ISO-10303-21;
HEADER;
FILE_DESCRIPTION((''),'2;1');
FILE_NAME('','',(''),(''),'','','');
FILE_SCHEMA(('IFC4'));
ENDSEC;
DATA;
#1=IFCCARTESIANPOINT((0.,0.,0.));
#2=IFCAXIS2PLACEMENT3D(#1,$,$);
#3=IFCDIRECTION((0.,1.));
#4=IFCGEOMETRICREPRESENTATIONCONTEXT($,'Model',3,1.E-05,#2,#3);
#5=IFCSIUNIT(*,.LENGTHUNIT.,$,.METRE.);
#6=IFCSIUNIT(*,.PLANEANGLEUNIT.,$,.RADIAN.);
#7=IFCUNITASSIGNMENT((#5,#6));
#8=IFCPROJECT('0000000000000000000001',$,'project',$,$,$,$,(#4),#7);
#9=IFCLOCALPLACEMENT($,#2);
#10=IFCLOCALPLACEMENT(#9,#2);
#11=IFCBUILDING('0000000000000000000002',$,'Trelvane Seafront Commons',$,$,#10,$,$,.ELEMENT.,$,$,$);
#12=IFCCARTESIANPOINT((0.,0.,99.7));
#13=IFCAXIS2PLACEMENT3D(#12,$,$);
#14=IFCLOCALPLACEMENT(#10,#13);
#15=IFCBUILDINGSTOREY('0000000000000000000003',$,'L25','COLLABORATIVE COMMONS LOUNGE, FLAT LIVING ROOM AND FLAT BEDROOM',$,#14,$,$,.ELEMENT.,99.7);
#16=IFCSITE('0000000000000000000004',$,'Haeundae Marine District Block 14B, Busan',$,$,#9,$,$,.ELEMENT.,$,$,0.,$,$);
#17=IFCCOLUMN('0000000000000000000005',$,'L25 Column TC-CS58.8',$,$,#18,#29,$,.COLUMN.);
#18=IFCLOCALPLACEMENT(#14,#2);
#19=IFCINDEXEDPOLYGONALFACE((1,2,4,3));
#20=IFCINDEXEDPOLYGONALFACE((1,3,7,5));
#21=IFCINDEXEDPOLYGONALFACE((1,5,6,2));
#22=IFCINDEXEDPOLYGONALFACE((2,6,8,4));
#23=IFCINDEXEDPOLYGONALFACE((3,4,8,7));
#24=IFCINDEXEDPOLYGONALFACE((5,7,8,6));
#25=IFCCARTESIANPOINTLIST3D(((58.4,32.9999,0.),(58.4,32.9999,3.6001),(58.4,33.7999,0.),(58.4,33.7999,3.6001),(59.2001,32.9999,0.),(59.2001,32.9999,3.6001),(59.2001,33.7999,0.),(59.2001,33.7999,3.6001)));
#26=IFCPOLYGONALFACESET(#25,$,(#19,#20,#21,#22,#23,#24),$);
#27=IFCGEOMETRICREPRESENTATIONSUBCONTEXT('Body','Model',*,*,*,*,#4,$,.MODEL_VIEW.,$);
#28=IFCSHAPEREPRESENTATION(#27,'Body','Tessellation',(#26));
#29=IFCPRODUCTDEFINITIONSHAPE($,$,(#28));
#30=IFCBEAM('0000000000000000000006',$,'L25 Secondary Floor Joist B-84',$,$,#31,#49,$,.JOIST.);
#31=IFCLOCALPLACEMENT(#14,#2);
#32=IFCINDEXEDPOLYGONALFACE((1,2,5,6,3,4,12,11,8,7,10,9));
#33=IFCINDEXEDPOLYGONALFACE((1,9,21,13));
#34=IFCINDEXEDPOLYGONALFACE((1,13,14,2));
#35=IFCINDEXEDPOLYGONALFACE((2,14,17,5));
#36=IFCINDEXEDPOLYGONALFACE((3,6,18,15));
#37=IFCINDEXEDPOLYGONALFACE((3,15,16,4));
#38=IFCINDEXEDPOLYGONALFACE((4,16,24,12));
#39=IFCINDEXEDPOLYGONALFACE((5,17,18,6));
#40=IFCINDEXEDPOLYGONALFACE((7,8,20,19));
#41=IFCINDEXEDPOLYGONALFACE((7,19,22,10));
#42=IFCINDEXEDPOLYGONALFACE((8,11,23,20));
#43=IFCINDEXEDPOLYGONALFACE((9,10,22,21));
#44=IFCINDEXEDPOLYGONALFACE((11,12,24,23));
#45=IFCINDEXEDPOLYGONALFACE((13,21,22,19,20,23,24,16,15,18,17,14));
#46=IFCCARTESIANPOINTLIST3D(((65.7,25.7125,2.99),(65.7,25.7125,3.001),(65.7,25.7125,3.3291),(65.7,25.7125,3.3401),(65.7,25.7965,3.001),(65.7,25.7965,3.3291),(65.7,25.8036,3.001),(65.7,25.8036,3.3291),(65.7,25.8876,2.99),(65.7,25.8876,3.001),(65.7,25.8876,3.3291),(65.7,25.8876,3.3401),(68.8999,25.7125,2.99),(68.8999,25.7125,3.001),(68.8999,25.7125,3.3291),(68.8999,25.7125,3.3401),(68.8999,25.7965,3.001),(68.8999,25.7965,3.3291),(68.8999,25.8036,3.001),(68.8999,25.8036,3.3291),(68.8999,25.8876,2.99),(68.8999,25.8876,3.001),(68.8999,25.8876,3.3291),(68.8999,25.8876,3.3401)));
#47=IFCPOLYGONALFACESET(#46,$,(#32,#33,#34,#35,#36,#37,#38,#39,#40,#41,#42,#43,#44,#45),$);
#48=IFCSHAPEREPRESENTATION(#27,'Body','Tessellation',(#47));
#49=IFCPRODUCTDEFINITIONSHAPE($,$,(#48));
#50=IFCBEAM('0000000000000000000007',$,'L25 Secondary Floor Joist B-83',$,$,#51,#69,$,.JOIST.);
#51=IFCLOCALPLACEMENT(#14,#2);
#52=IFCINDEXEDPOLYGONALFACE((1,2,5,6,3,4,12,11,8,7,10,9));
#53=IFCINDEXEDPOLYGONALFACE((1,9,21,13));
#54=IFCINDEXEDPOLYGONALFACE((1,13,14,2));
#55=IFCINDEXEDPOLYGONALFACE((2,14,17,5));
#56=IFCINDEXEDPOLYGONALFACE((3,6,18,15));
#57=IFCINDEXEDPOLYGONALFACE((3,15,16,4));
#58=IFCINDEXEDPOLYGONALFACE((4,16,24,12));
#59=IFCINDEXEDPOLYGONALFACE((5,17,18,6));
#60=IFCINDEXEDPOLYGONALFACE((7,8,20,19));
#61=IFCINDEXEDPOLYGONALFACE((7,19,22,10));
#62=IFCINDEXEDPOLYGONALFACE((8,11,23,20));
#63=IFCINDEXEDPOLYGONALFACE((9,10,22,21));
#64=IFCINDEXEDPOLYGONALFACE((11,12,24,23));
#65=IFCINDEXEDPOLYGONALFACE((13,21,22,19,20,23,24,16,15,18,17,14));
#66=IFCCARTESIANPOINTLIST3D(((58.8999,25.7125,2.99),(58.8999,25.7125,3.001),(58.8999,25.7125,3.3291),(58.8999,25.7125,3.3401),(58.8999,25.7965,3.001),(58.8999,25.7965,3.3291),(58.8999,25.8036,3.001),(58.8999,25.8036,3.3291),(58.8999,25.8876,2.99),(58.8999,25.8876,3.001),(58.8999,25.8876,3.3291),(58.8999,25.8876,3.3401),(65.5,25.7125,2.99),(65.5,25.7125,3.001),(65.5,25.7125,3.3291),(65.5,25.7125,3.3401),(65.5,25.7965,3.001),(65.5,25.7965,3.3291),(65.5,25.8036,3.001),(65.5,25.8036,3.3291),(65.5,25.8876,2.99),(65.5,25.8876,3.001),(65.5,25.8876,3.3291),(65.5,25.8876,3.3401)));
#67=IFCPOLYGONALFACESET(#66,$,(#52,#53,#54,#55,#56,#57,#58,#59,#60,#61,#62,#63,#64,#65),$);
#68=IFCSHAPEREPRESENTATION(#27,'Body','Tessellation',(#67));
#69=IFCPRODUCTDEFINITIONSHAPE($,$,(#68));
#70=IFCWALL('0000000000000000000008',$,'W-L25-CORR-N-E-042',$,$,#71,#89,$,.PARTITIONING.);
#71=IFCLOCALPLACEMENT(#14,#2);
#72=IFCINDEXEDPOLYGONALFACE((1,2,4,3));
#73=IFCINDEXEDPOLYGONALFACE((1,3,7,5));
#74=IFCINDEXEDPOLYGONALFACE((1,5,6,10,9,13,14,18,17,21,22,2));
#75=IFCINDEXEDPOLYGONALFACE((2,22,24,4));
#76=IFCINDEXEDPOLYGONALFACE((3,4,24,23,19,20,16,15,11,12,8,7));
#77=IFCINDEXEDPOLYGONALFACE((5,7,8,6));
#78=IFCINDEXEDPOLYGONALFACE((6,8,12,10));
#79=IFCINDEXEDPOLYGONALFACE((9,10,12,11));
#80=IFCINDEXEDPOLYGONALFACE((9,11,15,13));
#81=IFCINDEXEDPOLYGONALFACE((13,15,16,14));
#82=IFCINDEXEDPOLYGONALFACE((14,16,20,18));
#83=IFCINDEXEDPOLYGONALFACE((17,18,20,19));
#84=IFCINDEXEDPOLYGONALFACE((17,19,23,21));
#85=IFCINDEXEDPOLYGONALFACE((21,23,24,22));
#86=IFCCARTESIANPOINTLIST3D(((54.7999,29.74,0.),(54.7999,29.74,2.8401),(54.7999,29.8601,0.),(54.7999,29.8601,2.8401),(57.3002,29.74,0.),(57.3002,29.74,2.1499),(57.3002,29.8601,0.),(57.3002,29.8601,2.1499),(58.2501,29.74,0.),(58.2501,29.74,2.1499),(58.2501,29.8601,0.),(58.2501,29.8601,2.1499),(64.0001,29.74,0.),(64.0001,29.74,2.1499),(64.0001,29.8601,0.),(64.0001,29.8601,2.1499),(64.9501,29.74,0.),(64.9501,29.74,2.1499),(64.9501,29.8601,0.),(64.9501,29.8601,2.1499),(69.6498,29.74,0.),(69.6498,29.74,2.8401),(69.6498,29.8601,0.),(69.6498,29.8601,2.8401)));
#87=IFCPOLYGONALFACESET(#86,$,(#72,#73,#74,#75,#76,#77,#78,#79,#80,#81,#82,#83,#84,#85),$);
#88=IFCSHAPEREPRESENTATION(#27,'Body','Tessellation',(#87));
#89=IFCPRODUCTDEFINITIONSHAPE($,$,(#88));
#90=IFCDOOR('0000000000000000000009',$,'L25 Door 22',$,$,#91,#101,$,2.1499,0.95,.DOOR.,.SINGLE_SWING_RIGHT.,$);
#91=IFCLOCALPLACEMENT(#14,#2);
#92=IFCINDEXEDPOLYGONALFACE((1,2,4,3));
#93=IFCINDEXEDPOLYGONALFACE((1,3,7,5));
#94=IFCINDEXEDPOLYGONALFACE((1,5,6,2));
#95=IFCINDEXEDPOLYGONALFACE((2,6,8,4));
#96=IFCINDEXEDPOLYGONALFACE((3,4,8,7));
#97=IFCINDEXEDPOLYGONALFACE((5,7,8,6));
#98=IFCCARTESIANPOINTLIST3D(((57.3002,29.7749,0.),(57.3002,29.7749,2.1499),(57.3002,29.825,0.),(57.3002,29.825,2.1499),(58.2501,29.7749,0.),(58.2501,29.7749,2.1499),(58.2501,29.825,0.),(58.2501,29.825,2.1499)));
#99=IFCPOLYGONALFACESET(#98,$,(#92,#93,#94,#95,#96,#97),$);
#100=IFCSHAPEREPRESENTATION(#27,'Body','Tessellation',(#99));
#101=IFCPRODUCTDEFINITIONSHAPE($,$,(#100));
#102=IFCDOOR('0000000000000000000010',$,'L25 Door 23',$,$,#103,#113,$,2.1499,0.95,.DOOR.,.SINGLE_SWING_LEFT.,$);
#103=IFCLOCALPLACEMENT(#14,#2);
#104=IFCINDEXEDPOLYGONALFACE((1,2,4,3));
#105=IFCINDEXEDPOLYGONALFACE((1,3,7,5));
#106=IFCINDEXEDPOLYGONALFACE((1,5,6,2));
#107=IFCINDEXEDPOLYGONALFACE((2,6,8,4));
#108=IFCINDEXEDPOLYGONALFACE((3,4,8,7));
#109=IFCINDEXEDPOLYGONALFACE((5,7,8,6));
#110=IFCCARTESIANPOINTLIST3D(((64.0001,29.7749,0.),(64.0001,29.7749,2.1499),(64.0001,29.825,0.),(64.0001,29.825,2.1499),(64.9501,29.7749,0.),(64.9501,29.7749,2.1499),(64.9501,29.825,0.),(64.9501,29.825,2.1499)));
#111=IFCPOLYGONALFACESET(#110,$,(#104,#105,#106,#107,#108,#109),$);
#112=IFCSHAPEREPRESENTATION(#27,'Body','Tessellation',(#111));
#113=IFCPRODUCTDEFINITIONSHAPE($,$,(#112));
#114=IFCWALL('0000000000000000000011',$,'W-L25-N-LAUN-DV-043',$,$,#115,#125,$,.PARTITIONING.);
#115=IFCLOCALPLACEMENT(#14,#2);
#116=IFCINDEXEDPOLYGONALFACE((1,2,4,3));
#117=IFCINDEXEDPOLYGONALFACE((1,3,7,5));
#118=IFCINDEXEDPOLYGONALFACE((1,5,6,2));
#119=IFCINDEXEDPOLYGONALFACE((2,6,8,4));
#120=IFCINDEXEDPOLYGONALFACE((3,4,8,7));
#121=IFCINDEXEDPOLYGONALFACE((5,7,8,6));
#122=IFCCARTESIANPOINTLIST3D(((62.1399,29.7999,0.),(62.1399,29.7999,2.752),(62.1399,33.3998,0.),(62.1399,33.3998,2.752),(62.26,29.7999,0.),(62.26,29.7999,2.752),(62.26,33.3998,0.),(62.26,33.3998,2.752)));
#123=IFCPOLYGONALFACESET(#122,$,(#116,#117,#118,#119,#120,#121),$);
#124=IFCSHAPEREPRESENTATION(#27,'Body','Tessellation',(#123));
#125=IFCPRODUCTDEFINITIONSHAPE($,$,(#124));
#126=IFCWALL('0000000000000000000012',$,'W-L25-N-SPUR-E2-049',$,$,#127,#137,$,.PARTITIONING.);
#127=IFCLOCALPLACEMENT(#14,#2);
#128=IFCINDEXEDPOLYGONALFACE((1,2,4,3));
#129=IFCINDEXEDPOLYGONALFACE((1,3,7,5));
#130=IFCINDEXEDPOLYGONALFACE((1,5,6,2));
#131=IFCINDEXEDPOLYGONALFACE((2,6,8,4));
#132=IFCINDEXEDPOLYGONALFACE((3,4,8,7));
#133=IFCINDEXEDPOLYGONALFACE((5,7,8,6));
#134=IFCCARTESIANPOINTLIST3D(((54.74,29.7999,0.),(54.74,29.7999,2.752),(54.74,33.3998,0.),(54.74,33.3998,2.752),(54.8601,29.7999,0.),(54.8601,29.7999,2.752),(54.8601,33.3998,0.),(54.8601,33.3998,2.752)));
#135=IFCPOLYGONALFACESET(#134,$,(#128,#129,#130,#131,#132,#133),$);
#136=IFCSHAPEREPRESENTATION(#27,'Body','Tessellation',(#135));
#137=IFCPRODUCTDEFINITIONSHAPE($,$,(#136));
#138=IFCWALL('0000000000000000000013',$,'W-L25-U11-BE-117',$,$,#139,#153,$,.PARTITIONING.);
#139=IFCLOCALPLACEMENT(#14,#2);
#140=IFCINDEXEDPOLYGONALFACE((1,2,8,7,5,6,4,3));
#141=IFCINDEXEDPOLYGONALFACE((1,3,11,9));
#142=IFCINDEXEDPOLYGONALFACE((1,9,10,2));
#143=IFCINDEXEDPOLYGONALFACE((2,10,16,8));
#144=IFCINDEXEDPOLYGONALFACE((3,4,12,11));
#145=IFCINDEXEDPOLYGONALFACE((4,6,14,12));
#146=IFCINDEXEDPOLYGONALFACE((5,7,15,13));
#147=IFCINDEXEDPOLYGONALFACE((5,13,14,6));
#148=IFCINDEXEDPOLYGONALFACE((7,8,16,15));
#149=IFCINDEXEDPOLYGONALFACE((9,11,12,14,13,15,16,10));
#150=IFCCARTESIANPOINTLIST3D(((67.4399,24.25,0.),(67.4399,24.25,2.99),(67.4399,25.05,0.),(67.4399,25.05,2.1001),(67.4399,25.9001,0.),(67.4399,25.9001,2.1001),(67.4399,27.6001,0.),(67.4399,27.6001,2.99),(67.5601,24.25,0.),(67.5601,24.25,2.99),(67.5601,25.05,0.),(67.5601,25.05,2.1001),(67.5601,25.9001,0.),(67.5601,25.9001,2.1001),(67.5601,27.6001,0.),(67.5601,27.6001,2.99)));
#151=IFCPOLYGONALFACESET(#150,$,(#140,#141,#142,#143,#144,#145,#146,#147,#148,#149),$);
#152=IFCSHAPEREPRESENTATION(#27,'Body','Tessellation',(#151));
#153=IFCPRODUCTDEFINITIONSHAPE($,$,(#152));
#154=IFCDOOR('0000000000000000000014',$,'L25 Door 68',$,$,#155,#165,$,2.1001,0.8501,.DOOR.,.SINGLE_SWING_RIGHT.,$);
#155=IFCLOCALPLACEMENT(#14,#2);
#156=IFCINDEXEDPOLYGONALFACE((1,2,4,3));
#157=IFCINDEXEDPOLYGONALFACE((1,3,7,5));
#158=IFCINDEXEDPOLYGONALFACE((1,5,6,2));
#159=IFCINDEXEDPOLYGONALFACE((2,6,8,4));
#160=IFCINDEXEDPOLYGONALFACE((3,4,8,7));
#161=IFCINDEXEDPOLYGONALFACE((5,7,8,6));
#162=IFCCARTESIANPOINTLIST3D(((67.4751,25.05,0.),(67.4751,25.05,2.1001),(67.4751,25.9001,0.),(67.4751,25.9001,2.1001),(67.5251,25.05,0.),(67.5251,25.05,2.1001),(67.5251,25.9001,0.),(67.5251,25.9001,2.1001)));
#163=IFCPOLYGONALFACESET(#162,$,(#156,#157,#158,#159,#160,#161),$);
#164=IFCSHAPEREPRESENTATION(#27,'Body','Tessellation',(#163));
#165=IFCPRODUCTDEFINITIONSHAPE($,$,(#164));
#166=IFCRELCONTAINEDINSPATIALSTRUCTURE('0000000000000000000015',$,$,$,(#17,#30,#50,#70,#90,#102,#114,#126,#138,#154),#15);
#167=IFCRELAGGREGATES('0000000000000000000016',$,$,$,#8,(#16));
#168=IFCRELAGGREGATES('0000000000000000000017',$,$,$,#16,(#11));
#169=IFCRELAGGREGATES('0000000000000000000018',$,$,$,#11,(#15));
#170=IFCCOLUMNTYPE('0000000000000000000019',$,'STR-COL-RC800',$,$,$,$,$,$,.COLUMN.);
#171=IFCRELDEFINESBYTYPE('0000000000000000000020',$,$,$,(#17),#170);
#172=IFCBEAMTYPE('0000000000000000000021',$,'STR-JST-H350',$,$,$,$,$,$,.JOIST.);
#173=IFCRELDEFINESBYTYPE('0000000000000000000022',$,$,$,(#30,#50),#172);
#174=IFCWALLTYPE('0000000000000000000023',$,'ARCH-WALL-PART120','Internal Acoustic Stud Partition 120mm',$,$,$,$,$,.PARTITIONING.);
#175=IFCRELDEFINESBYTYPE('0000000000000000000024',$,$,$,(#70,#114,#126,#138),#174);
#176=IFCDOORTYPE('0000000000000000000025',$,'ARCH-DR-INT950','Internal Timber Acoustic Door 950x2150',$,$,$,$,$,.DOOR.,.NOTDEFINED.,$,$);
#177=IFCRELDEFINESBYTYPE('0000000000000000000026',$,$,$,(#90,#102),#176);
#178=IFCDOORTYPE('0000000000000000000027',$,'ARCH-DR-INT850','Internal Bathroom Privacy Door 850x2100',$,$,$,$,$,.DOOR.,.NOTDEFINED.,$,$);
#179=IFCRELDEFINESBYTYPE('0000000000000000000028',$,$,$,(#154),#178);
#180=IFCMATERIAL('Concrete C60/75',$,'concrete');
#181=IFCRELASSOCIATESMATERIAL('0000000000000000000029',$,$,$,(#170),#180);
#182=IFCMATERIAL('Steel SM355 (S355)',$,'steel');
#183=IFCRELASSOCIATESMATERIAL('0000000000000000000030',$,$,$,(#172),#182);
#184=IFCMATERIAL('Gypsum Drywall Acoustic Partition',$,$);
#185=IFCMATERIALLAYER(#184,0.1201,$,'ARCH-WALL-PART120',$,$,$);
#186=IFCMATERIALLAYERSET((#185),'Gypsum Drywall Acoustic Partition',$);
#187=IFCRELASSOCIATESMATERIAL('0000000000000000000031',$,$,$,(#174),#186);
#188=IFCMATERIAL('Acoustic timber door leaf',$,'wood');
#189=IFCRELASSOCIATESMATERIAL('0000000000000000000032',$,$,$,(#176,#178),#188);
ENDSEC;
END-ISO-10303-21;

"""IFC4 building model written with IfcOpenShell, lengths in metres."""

from ifc_helpers import new_model, si_unit, direction, frame, frame_2d, origin, origin_2d, place, context, subcontext, project, spatial, rectangle, i_section, extrude, source, transform, mapped, material, layer, layer_set, material_profile, profile_set, type_object, element, fill, save


model = new_model("IFC4")

# Units and contexts
model_context = context("Model", 3, precision=1e-05, world=origin(), true_north=direction((0.0, 1.0)))
body_context = subcontext(model_context, "Body", "Model", "MODEL_VIEW")
ifc_project = project(units=[si_unit("LENGTHUNIT", "METRE"), si_unit("PLANEANGLEUNIT", "RADIAN")], contexts=[model_context])

# Site, building, storey
site_placement = place(None, origin())
site = spatial("IfcSite", under=ifc_project, at=site_placement, Name="Haeundae Marine District Block 14B, Busan", CompositionType="ELEMENT", RefElevation=0.0)
building_placement = place(site_placement, origin())
building = spatial("IfcBuilding", under=site, at=building_placement, Name="Trelvane Seafront Commons", CompositionType="ELEMENT")
storey_placement = place(building_placement, frame((0.0, 0.0, 99.7)))
storey = spatial("IfcBuildingStorey", under=building, at=storey_placement, Name="L25", Description="COLLABORATIVE COMMONS LOUNGE, FLAT LIVING ROOM AND FLAT BEDROOM", CompositionType="ELEMENT", Elevation=99.7)

# Column
ifc_material_1 = material(Name="Concrete C60/75", Category="concrete")
ifc_material_profile_1 = material_profile(ifc_material_1, rectangle(XDim=0.8, YDim=0.8, at=origin_2d()), Name="RC-800x800")
ifc_profile_set_1 = profile_set([ifc_material_profile_1], Name="Concrete C60/75")
column_type = type_object("IfcColumnType", Name="STR-COL-RC800", PredefinedType="COLUMN", material=ifc_profile_set_1)
shared_shape_1 = source(origin(), body_context, "Body", "SweptSolid", [
    extrude(rectangle(XDim=0.8, YDim=0.8, at=origin_2d()), origin(), (0.0, 0.0, 1.0), 3.6001),
])
column_placement = place(storey_placement, frame((58.8, 33.3999, 0.0), z_axis=(0.0, 0.0, 1.0), x_axis=(1.0, 0.0, 0.0)))
element("IfcColumn", 1, at=column_placement, inside=storey, type_object=column_type, Name="L25 Column TC-CS58.8", PredefinedType="COLUMN", context=body_context, shape_type="MappedRepresentation", body=[
    mapped(shared_shape_1, transform((0.0, 0.0, 0.0), x_axis=(1.0, 0.0, 0.0), y_axis=(0.0, 1.0, 0.0), z_axis=(0.0, 0.0, 1.0), scale=1.0)),
])

# Beams
ifc_material_2 = material(Name="Steel SM355 (S355)", Category="steel")
ifc_material_profile_2 = material_profile(ifc_material_2, i_section(OverallWidth=0.175, OverallDepth=0.3501, WebThickness=0.0071, FlangeThickness=0.011, at=origin_2d()), Name="H-350x175x7x11")
ifc_profile_set_2 = profile_set([ifc_material_profile_2], Name="Steel SM355 (S355)")
beam_type = type_object("IfcBeamType", Name="STR-JST-H350", PredefinedType="JOIST", material=ifc_profile_set_2)
shared_shape_2 = source(origin(), body_context, "Body", "SweptSolid", [
    extrude(i_section(OverallWidth=0.175, OverallDepth=0.3501, WebThickness=0.0071, FlangeThickness=0.011, at=origin_2d()), origin(), (0.0, 0.0, 1.0), 3.2),
])
beam_1_placement = place(storey_placement, frame((65.7, 25.8, 3.165), z_axis=(1.0, 0.0, 0.0), x_axis=(0.0, 1.0, 0.0)))
element("IfcBeam", 2, at=beam_1_placement, inside=storey, type_object=beam_type, Name="L25 Secondary Floor Joist B-84", PredefinedType="JOIST", context=body_context, shape_type="MappedRepresentation", body=[
    mapped(shared_shape_2, transform((0.0, 0.0, 0.0), x_axis=(1.0, 0.0, 0.0), y_axis=(0.0, 1.0, 0.0), z_axis=(0.0, 0.0, 1.0), scale=1.0)),
])
shared_shape_3 = source(origin(), body_context, "Body", "SweptSolid", [
    extrude(i_section(OverallWidth=0.175, OverallDepth=0.3501, WebThickness=0.0071, FlangeThickness=0.011, at=origin_2d()), origin(), (0.0, 0.0, 1.0), 6.6001),
])
beam_2_placement = place(storey_placement, frame((58.8999, 25.8, 3.165), z_axis=(1.0, 0.0, 0.0), x_axis=(0.0, 1.0, 0.0)))
element("IfcBeam", 3, at=beam_2_placement, inside=storey, type_object=beam_type, Name="L25 Secondary Floor Joist B-83", PredefinedType="JOIST", context=body_context, shape_type="MappedRepresentation", body=[
    mapped(shared_shape_3, transform((0.0, 0.0, 0.0), x_axis=(1.0, 0.0, 0.0), y_axis=(0.0, 1.0, 0.0), z_axis=(0.0, 0.0, 1.0), scale=1.0)),
])

# Wall, openings, doors
ifc_material_3 = material(Name="Gypsum Drywall Acoustic Partition")
ifc_layer_1 = layer(ifc_material_3, 0.1201, Name="ARCH-WALL-PART120")
ifc_layer_set_1 = layer_set([ifc_layer_1], Name="Gypsum Drywall Acoustic Partition")
wall_type_1 = type_object("IfcWallType", Name="ARCH-WALL-PART120", Description="Internal Acoustic Stud Partition 120mm", PredefinedType="PARTITIONING", material=ifc_layer_set_1)
wall_1_placement = place(storey_placement, frame((54.8, 29.8, 0.0), z_axis=(0.0, 0.0, 1.0), x_axis=(1.0, 0.0, 0.0)))
wall_1 = element("IfcWall", 4, at=wall_1_placement, inside=storey, type_object=wall_type_1, Name="W-L25-CORR-N-E-042", PredefinedType="PARTITIONING", context=body_context, shape_type="SweptSolid", body=[
    extrude(rectangle(XDim=14.8499, YDim=0.1201, at=frame_2d((7.4248, 0.0))), origin(), (0.0, 0.0, 1.0), 2.8401),
])
opening_1_placement = place(wall_1_placement, frame((2.5, 0.0, 0.0)))
opening_1 = element("IfcOpeningElement", 5, at=opening_1_placement, cuts=wall_1, PredefinedType="OPENING", context=body_context, shape_type="SweptSolid", body=[
    extrude(rectangle(XDim=0.95, YDim=2.1499, at=frame_2d((0.4751, 1.075))), frame((0.0, 0.0701, 0.0), z_axis=(0.0, -1.0, 0.0), x_axis=(1.0, 0.0, 0.0)), (0.0, 0.0, 1.0), 0.1401),
])
opening_2_placement = place(wall_1_placement, frame((9.2, 0.0, 0.0)))
opening_2 = element("IfcOpeningElement", 6, at=opening_2_placement, cuts=wall_1, PredefinedType="OPENING", context=body_context, shape_type="SweptSolid", body=[
    extrude(rectangle(XDim=0.95, YDim=2.1499, at=frame_2d((0.4751, 1.075))), frame((0.0, 0.0701, 0.0), z_axis=(0.0, -1.0, 0.0), x_axis=(1.0, 0.0, 0.0)), (0.0, 0.0, 1.0), 0.1401),
])
ifc_material_4 = material(Name="Acoustic timber door leaf", Category="wood")
door_type_1 = type_object("IfcDoorType", Name="ARCH-DR-INT950", Description="Internal Timber Acoustic Door 950x2150", OperationType="NOTDEFINED", PredefinedType="DOOR", material=ifc_material_4)
shared_shape_4 = source(origin(), body_context, "Body", "SweptSolid", [
    extrude(rectangle(XDim=0.95, YDim=2.1499, at=frame_2d((0.4751, 1.075))), frame((0.0, 0.0249, 0.0), z_axis=(0.0, -1.0, 0.0), x_axis=(1.0, 0.0, 0.0)), (0.0, 0.0, 1.0), 0.05),
])
door_1_placement = place(opening_1_placement, origin())
door_1 = element("IfcDoor", 7, at=door_1_placement, inside=storey, type_object=door_type_1, Name="L25 Door 22", OperationType="SINGLE_SWING_RIGHT", OverallHeight=2.1499, OverallWidth=0.95, PredefinedType="DOOR", context=body_context, shape_type="MappedRepresentation", body=[
    mapped(shared_shape_4, transform((0.0, 0.0, 0.0), x_axis=(1.0, 0.0, 0.0), y_axis=(0.0, 1.0, 0.0), z_axis=(0.0, 0.0, 1.0), scale=1.0)),
])
fill(opening_1, door_1)
door_2_placement = place(opening_2_placement, origin())
door_2 = element("IfcDoor", 8, at=door_2_placement, inside=storey, type_object=door_type_1, Name="L25 Door 23", OperationType="SINGLE_SWING_LEFT", OverallHeight=2.1499, OverallWidth=0.95, PredefinedType="DOOR", context=body_context, shape_type="MappedRepresentation", body=[
    mapped(shared_shape_4, transform((0.0, 0.0, 0.0), x_axis=(1.0, 0.0, 0.0), y_axis=(0.0, 1.0, 0.0), z_axis=(0.0, 0.0, 1.0), scale=1.0)),
])
fill(opening_2, door_2)

# Walls
for number, where, z_axis, x_axis, name in (
    (9, (62.2, 29.8, 0.0), (0.0, 0.0, 1.0), (0.0, 1.0, 0.0), "W-L25-N-LAUN-DV-043"),
    (10, (54.8, 29.8, 0.0), (0.0, 0.0, 1.0), (0.0, 1.0, 0.0), "W-L25-N-SPUR-E2-049"),
):
    element("IfcWall", number, at=place(storey_placement, frame(where, z_axis=z_axis, x_axis=x_axis)), inside=storey, type_object=wall_type_1, Name=name, PredefinedType="PARTITIONING", context=body_context, shape_type="SweptSolid", body=[
        extrude(rectangle(XDim=3.5999, YDim=0.1201, at=frame_2d((1.7998, 0.0))), origin(), (0.0, 0.0, 1.0), 2.752),
    ])

# Wall, opening, door
wall_2_placement = place(storey_placement, frame((67.5, 24.25, 0.0), z_axis=(0.0, 0.0, 1.0), x_axis=(0.0, 1.0, 0.0)))
wall_2 = element("IfcWall", 11, at=wall_2_placement, inside=storey, type_object=wall_type_1, Name="W-L25-U11-BE-117", PredefinedType="PARTITIONING", context=body_context, shape_type="SweptSolid", body=[
    extrude(rectangle(XDim=3.3501, YDim=0.1201, at=frame_2d((1.675, 0.0))), origin(), (0.0, 0.0, 1.0), 2.99),
])
opening_3_placement = place(wall_2_placement, frame((0.8, 0.0, 0.0)))
opening_3 = element("IfcOpeningElement", 12, at=opening_3_placement, cuts=wall_2, PredefinedType="OPENING", context=body_context, shape_type="SweptSolid", body=[
    extrude(rectangle(XDim=0.8501, YDim=2.1001, at=frame_2d((0.425, 1.05))), frame((0.0, 0.0701, 0.0), z_axis=(0.0, -1.0, 0.0), x_axis=(1.0, 0.0, 0.0)), (0.0, 0.0, 1.0), 0.1401),
])
door_type_2 = type_object("IfcDoorType", Name="ARCH-DR-INT850", Description="Internal Bathroom Privacy Door 850x2100", OperationType="NOTDEFINED", PredefinedType="DOOR", material=ifc_material_4)
shared_shape_5 = source(origin(), body_context, "Body", "SweptSolid", [
    extrude(rectangle(XDim=0.8501, YDim=2.1001, at=frame_2d((0.425, 1.05))), frame((0.0, 0.0249, 0.0), z_axis=(0.0, -1.0, 0.0), x_axis=(1.0, 0.0, 0.0)), (0.0, 0.0, 1.0), 0.05),
])
door_3_placement = place(opening_3_placement, origin())
door_3 = element("IfcDoor", 13, at=door_3_placement, inside=storey, type_object=door_type_2, Name="L25 Door 68", OperationType="SINGLE_SWING_RIGHT", OverallHeight=2.1001, OverallWidth=0.8501, PredefinedType="DOOR", context=body_context, shape_type="MappedRepresentation", body=[
    mapped(shared_shape_5, transform((0.0, 0.0, 0.0), x_axis=(1.0, 0.0, 0.0), y_axis=(0.0, 1.0, 0.0), z_axis=(0.0, 0.0, 1.0), scale=1.0)),
])
fill(opening_3, door_3)

save(model, "model.ifc")
